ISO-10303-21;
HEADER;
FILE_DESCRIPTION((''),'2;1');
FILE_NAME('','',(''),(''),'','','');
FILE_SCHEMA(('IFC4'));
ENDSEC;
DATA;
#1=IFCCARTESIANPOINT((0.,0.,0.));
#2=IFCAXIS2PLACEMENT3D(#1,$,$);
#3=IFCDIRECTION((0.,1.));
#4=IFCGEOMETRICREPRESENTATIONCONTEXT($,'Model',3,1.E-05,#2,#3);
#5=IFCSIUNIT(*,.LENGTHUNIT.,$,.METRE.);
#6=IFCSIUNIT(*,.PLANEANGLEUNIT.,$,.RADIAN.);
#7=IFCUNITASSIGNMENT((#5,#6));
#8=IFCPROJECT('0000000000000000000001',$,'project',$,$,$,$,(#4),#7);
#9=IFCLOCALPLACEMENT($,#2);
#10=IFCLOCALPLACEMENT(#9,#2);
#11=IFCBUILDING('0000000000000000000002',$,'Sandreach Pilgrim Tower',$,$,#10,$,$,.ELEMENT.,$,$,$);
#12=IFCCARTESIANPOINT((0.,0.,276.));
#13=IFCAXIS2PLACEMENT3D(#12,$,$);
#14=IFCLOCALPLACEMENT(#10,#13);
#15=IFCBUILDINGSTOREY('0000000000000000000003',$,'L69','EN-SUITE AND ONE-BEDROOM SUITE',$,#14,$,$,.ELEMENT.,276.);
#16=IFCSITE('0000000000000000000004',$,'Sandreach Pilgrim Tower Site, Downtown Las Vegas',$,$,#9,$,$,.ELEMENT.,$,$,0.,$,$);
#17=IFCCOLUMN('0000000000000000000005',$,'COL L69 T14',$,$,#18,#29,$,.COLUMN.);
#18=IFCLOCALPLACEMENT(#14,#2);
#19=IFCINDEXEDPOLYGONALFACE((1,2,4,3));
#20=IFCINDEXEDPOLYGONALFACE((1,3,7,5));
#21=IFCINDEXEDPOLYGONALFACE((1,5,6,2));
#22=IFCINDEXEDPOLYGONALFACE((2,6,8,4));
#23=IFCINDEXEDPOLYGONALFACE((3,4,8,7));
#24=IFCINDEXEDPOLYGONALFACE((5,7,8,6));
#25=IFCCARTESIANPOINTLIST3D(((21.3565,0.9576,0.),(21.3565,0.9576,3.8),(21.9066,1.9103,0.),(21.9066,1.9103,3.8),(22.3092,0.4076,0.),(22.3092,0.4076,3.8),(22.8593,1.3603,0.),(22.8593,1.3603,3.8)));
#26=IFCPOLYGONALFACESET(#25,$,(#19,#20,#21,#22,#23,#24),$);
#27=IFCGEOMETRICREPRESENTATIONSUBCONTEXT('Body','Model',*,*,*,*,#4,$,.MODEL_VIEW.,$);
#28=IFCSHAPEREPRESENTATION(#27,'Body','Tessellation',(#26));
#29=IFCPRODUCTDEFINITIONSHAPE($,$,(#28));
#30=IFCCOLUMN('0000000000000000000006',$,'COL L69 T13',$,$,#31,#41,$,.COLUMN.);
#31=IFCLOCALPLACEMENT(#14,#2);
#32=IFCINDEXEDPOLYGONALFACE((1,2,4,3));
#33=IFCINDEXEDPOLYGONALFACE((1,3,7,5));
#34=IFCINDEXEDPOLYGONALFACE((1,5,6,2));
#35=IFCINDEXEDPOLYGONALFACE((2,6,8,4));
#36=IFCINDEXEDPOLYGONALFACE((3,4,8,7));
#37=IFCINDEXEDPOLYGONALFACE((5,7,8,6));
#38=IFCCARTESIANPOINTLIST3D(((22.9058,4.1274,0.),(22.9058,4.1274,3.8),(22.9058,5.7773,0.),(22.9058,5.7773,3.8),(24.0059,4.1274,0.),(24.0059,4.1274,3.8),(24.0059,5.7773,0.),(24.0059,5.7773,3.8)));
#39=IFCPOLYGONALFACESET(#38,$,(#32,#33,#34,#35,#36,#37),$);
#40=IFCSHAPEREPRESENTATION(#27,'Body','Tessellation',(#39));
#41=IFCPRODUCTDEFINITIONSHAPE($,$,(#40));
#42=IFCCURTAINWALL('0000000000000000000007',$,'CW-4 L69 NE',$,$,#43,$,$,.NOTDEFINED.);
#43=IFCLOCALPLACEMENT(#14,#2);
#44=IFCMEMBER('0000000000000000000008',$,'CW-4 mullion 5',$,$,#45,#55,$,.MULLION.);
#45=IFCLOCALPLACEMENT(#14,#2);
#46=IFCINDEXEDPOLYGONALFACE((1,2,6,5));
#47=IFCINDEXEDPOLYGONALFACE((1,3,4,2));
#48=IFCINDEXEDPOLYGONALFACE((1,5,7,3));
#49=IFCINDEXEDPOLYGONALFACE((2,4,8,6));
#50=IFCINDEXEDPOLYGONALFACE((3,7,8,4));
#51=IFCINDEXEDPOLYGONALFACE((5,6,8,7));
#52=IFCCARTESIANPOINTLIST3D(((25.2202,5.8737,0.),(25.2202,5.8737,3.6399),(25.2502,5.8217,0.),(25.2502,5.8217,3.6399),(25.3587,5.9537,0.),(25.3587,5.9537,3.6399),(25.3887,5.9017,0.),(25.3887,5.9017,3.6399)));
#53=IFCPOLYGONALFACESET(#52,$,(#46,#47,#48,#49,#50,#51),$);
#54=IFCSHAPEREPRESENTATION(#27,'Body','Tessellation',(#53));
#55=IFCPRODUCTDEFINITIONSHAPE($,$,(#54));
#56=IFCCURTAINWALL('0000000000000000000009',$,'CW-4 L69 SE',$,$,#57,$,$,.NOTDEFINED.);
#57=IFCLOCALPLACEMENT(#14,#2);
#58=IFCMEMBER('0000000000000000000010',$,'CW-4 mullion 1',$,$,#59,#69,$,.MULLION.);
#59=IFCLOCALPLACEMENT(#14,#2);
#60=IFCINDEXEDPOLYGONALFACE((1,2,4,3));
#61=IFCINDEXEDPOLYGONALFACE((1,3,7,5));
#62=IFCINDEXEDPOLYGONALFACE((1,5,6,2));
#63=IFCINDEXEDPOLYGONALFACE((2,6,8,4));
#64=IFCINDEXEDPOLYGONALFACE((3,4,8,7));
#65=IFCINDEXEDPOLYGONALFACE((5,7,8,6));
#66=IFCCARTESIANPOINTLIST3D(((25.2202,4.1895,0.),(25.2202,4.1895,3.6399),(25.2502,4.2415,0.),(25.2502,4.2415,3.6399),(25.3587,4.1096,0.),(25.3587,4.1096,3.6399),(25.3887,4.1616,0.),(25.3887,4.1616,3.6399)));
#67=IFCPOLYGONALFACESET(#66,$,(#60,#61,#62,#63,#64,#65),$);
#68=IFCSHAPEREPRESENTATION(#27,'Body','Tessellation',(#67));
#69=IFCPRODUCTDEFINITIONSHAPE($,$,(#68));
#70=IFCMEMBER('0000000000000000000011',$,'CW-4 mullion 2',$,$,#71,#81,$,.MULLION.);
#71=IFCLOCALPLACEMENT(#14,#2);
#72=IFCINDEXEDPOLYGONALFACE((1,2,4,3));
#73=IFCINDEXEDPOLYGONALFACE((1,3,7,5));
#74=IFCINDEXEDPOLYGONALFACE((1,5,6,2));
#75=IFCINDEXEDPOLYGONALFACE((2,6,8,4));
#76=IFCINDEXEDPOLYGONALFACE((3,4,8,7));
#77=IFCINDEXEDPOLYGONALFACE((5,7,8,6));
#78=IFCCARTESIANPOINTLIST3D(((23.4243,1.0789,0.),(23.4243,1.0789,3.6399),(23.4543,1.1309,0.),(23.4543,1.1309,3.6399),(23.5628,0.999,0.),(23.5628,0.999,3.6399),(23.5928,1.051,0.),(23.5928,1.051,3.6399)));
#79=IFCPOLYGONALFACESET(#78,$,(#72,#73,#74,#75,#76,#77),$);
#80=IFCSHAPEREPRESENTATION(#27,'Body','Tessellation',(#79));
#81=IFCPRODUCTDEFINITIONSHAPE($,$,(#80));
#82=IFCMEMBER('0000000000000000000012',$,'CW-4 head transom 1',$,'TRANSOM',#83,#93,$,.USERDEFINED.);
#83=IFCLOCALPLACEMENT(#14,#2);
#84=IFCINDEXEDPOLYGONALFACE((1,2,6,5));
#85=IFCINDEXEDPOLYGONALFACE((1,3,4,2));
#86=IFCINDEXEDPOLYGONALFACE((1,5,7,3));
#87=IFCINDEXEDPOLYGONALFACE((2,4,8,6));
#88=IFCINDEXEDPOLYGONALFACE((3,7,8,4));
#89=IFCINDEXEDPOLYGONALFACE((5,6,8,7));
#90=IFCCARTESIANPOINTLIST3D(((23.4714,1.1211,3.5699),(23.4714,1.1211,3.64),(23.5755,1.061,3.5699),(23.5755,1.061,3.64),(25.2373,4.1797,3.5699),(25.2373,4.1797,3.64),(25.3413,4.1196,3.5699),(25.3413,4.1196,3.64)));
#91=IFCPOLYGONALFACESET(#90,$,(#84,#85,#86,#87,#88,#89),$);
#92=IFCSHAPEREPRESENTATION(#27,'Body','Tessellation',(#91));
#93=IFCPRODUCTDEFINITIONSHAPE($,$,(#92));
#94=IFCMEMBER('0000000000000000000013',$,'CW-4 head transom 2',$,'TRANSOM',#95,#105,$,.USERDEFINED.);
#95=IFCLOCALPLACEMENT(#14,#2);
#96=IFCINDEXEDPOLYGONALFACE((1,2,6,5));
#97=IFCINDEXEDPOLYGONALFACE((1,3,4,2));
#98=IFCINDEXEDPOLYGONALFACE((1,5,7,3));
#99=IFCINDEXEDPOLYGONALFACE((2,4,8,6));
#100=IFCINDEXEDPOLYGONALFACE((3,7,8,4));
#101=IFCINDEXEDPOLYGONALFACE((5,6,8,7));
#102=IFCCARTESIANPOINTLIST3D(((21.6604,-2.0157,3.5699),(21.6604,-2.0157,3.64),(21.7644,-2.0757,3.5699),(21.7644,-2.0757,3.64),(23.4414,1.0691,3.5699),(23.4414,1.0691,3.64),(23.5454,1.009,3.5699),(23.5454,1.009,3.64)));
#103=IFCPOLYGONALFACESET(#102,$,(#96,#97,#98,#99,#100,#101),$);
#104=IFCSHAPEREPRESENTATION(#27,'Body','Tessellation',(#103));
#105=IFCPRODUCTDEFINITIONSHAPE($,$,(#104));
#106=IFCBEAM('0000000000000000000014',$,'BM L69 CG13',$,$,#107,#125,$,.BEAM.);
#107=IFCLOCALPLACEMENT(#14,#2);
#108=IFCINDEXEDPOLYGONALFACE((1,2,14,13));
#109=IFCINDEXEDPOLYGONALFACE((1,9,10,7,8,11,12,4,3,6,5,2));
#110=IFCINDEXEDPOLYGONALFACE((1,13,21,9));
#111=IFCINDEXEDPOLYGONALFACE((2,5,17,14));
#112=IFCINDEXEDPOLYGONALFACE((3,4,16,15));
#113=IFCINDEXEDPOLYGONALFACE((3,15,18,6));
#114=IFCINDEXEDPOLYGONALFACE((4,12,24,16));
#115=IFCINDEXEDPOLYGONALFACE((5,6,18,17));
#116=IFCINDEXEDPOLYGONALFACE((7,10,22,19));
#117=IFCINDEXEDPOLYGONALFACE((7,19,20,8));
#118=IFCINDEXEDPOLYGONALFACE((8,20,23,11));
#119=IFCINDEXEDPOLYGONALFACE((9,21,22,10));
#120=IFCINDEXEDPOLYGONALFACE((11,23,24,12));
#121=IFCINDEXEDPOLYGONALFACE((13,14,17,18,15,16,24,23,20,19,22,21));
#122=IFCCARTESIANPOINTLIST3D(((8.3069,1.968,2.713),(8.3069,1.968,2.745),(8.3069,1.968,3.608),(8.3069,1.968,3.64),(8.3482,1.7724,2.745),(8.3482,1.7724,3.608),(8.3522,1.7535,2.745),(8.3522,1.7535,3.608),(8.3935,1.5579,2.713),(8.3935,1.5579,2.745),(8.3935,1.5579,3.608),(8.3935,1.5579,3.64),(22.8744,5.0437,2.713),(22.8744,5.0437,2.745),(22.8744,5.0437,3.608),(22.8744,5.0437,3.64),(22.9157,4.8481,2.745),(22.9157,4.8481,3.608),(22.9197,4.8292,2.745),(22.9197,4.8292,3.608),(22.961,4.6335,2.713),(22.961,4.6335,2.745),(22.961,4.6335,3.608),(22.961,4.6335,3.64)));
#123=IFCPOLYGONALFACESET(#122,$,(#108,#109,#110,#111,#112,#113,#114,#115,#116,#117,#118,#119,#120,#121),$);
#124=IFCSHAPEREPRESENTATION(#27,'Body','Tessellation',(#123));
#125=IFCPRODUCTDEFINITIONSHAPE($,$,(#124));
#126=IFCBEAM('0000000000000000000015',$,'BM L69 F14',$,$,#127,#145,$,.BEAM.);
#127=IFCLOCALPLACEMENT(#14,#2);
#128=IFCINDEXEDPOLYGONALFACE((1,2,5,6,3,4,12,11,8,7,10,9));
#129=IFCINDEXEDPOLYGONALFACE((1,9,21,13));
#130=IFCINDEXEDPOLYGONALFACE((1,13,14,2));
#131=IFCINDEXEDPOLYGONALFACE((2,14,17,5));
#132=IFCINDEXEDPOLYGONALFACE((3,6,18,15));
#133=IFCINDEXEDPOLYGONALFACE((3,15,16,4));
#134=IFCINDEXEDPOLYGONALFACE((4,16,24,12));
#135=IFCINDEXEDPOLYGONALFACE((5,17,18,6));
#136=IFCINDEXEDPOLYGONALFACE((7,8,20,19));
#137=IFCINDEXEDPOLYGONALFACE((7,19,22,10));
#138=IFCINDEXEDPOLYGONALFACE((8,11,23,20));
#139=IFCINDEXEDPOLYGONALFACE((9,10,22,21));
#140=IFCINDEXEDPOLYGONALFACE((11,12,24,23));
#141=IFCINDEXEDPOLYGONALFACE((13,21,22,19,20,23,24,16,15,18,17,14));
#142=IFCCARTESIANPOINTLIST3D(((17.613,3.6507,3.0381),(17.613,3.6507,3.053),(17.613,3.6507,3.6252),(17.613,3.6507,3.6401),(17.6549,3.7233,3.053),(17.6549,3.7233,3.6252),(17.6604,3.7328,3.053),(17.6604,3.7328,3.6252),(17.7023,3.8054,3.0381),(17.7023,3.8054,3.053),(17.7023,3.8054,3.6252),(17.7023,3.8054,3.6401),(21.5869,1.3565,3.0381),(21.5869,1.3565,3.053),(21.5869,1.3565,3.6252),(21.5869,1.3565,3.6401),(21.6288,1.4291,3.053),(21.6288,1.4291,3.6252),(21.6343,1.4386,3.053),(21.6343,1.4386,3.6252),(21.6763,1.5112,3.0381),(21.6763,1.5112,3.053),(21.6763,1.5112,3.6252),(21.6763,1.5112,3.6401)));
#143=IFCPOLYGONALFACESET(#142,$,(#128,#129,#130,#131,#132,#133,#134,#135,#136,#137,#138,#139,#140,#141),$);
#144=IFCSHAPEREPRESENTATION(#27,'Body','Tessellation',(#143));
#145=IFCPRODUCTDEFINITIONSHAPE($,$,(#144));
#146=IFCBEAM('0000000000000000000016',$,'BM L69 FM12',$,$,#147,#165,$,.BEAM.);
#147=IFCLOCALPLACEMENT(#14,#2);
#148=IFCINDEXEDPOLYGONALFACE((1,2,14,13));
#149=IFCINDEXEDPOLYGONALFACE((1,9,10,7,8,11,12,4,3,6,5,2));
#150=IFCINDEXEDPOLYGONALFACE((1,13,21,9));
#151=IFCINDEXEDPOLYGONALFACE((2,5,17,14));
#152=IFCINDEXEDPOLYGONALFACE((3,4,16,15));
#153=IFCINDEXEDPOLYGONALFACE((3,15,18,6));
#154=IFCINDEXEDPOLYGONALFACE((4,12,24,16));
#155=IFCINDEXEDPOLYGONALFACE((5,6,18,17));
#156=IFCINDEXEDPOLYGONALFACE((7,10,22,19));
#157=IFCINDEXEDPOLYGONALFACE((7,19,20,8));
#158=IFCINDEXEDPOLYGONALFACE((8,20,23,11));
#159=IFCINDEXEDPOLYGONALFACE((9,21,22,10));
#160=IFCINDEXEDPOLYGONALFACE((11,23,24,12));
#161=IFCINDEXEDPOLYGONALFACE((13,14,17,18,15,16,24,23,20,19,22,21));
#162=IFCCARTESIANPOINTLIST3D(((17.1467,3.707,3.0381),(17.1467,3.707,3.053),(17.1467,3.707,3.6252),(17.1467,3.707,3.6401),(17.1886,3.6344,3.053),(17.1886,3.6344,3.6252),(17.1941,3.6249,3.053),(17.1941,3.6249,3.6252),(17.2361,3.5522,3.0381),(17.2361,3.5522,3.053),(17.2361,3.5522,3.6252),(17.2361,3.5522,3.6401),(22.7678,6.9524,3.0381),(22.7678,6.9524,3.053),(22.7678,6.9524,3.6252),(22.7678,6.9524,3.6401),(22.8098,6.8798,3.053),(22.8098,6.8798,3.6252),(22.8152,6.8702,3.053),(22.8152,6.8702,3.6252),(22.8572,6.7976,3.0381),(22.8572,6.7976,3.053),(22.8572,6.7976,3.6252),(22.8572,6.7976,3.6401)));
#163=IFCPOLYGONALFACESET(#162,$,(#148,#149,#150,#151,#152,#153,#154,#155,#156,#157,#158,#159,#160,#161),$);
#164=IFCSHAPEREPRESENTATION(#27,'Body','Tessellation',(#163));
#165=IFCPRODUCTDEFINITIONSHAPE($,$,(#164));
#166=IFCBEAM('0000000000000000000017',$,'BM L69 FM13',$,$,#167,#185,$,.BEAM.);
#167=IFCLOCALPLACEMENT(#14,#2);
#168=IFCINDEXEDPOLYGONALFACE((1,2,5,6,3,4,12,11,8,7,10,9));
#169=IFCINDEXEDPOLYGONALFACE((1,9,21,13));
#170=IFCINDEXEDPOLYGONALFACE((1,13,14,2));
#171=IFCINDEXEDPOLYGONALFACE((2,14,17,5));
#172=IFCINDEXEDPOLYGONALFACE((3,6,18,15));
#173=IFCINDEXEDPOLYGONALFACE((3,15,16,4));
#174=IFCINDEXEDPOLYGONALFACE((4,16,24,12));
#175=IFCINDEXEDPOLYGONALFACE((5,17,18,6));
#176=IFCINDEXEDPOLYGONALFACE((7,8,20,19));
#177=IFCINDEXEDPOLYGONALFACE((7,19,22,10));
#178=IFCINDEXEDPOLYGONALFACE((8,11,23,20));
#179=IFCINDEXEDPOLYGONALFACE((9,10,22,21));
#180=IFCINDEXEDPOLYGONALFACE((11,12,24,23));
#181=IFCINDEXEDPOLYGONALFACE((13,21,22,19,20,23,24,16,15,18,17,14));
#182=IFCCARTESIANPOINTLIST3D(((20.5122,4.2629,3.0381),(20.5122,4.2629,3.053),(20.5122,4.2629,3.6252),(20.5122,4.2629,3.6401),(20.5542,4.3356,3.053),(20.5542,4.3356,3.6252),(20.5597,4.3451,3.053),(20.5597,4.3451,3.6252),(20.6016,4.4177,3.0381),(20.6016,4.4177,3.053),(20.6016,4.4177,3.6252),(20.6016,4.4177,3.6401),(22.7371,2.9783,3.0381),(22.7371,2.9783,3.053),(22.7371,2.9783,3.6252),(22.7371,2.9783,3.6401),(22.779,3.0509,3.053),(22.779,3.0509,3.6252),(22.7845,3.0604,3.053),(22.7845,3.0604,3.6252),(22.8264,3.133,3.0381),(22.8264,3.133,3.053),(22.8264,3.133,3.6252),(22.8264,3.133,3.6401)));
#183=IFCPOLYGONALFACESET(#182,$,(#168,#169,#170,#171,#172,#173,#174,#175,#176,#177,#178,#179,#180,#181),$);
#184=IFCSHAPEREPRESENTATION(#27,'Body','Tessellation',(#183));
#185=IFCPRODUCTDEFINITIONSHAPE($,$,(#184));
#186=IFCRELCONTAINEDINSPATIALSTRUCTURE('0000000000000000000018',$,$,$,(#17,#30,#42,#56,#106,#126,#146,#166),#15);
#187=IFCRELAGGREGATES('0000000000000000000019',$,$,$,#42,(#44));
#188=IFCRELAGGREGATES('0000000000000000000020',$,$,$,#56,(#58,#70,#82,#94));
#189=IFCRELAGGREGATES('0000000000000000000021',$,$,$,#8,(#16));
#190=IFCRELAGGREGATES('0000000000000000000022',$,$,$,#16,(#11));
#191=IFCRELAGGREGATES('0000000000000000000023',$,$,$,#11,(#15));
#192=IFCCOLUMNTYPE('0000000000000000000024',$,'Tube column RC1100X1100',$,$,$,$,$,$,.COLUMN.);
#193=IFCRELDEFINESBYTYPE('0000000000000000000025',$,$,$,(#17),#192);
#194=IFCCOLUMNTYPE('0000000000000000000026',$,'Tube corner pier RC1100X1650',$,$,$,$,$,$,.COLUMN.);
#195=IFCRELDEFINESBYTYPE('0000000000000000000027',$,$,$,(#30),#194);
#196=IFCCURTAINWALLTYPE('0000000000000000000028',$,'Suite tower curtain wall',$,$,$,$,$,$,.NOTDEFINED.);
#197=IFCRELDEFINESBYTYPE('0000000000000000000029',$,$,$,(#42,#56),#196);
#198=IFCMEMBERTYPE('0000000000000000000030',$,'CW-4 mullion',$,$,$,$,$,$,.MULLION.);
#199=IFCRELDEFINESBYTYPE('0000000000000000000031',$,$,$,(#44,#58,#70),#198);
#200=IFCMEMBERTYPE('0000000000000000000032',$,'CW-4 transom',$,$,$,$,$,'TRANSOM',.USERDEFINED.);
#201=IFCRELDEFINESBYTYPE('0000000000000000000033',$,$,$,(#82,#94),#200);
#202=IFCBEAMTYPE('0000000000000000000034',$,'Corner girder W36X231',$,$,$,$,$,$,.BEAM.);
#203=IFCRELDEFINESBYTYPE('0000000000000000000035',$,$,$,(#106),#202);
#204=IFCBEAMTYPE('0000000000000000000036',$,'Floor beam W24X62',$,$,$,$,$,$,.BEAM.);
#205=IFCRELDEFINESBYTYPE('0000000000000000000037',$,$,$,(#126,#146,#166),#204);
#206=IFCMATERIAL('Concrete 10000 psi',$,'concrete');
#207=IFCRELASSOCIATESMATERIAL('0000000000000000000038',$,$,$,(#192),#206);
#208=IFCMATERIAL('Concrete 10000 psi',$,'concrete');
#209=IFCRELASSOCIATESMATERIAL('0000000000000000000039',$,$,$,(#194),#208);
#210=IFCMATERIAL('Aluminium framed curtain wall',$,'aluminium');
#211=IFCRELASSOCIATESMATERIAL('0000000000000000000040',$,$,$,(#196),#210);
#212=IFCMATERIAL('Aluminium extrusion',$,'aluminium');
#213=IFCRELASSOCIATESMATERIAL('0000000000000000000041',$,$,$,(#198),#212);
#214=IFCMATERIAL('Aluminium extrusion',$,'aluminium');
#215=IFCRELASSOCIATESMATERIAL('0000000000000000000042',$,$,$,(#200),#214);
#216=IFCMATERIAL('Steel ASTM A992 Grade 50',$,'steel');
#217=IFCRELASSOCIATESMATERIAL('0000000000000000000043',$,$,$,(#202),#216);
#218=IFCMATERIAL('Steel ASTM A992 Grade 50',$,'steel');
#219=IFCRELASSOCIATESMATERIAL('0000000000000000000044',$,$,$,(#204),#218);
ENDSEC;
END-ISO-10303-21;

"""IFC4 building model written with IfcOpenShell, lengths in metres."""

from ifc_helpers import new_model, si_unit, direction, frame, origin, origin_2d, place, context, subcontext, project, spatial, rectangle, i_section, extrude, material, material_profile, profile_set, type_object, element, aggregate, save


model = new_model("IFC4")

# Units and contexts
model_context = context("Model", 3, precision=1e-05, world=origin(), true_north=direction((0.0, 1.0)))
body_context = subcontext(model_context, "Body", "Model", "MODEL_VIEW")
ifc_project = project(units=[si_unit("LENGTHUNIT", "METRE"), si_unit("PLANEANGLEUNIT", "RADIAN")], contexts=[model_context])

# Site, building, storey
site_placement = place(None, origin())
site = spatial("IfcSite", under=ifc_project, at=site_placement, Name="Sandreach Pilgrim Tower Site, Downtown Las Vegas", CompositionType="ELEMENT", RefElevation=0.0)
building_placement = place(site_placement, origin())
building = spatial("IfcBuilding", under=site, at=building_placement, Name="Sandreach Pilgrim Tower", CompositionType="ELEMENT")
storey_placement = place(building_placement, frame((0.0, 0.0, 276.0)))
storey = spatial("IfcBuildingStorey", under=building, at=storey_placement, Name="L69", Description="EN-SUITE AND ONE-BEDROOM SUITE", CompositionType="ELEMENT", Elevation=276.0)

# Columns
ifc_material_1 = material(Name="Concrete 10000 psi", Category="concrete")
ifc_material_profile_1 = material_profile(ifc_material_1, rectangle(XDim=1.1001, YDim=1.1001, at=origin_2d()), Name="RC1100X1100")
ifc_profile_set_1 = profile_set([ifc_material_profile_1], Name="Concrete 10000 psi")
column_type_1 = type_object("IfcColumnType", Name="Tube column RC1100X1100", PredefinedType="COLUMN", material=ifc_profile_set_1)
column_1_placement = place(storey_placement, frame((22.1079, 1.1589, 0.0), z_axis=(0.0, 0.0, 1.0), x_axis=(0.866025, -0.5, 0.0)))
element("IfcColumn", 1, at=column_1_placement, inside=storey, type_object=column_type_1, Name="COL L69 T14", PredefinedType="COLUMN", context=body_context, shape_type="SweptSolid", body=[
    extrude(rectangle(XDim=1.1001, YDim=1.1001, at=origin_2d()), origin(), (0.0, 0.0, 1.0), 3.8),
])
ifc_material_2 = material(Name="Concrete 10000 psi", Category="concrete")
ifc_material_profile_2 = material_profile(ifc_material_2, rectangle(XDim=1.1001, YDim=1.6499, at=origin_2d()), Name="RC1100X1650")
ifc_profile_set_2 = profile_set([ifc_material_profile_2], Name="Concrete 10000 psi")
column_type_2 = type_object("IfcColumnType", Name="Tube corner pier RC1100X1650", PredefinedType="COLUMN", material=ifc_profile_set_2)
column_2_placement = place(storey_placement, frame((23.4558, 4.9524, 0.0), z_axis=(0.0, 0.0, 1.0), x_axis=(1.0, 0.0, 0.0)))
element("IfcColumn", 2, at=column_2_placement, inside=storey, type_object=column_type_2, Name="COL L69 T13", PredefinedType="COLUMN", context=body_context, shape_type="SweptSolid", body=[
    extrude(rectangle(XDim=1.1001, YDim=1.6499, at=origin_2d()), origin(), (0.0, 0.0, 1.0), 3.8),
])

# Curtain wall, member
ifc_material_3 = material(Name="Aluminium framed curtain wall", Category="aluminium")
curtain_wall_type = type_object("IfcCurtainWallType", Name="Suite tower curtain wall", PredefinedType="NOTDEFINED", material=ifc_material_3)
curtain_wall_1_placement = place(storey_placement, origin())
curtain_wall_1 = element("IfcCurtainWall", 3, at=curtain_wall_1_placement, inside=storey, type_object=curtain_wall_type, Name="CW-4 L69 NE", PredefinedType="NOTDEFINED")
ifc_material_4 = material(Name="Aluminium extrusion", Category="aluminium")
ifc_material_profile_3 = material_profile(ifc_material_4, rectangle(XDim=0.0601, YDim=0.1599, at=origin_2d()), Name="CW-4M 60X160")
ifc_profile_set_3 = profile_set([ifc_material_profile_3], Name="Aluminium extrusion")
member_type_1 = type_object("IfcMemberType", Name="CW-4 mullion", PredefinedType="MULLION", material=ifc_profile_set_3)
member_1_placement = place(storey_placement, frame((25.3044, 5.8877, 0.0), z_axis=(0.0, 0.0, 1.0), x_axis=(0.5, -0.866025, 0.0)))
member_1 = element("IfcMember", 4, at=member_1_placement, type_object=member_type_1, Name="CW-4 mullion 5", PredefinedType="MULLION", context=body_context, shape_type="SweptSolid", body=[
    extrude(rectangle(XDim=0.0601, YDim=0.1599, at=origin_2d()), origin(), (0.0, 0.0, 1.0), 3.6399),
])

# Curtain wall, members
curtain_wall_2_placement = place(storey_placement, origin())
curtain_wall_2 = element("IfcCurtainWall", 5, at=curtain_wall_2_placement, inside=storey, type_object=curtain_wall_type, Name="CW-4 L69 SE", PredefinedType="NOTDEFINED")
member_2_placement = place(storey_placement, frame((25.3044, 4.1755, 0.0), z_axis=(0.0, 0.0, 1.0), x_axis=(-0.5, -0.866025, 0.0)))
member_2 = element("IfcMember", 6, at=member_2_placement, type_object=member_type_1, Name="CW-4 mullion 1", PredefinedType="MULLION", context=body_context, shape_type="SweptSolid", body=[
    extrude(rectangle(XDim=0.0601, YDim=0.1599, at=origin_2d()), origin(), (0.0, 0.0, 1.0), 3.6399),
])
member_3_placement = place(storey_placement, frame((23.5085, 1.0649, 0.0), z_axis=(0.0, 0.0, 1.0), x_axis=(-0.5, -0.866025, 0.0)))
member_3 = element("IfcMember", 7, at=member_3_placement, type_object=member_type_1, Name="CW-4 mullion 2", PredefinedType="MULLION", context=body_context, shape_type="SweptSolid", body=[
    extrude(rectangle(XDim=0.0601, YDim=0.1599, at=origin_2d()), origin(), (0.0, 0.0, 1.0), 3.6399),
])
ifc_material_5 = material(Name="Aluminium extrusion", Category="aluminium")
ifc_material_profile_4 = material_profile(ifc_material_5, rectangle(XDim=0.1201, YDim=0.0701, at=origin_2d()), Name="CW-4T 120X70")
ifc_profile_set_4 = profile_set([ifc_material_profile_4], Name="Aluminium extrusion")
member_type_2 = type_object("IfcMemberType", Name="CW-4 transom", ElementType="TRANSOM", PredefinedType="USERDEFINED", material=ifc_profile_set_4)
member_4_placement = place(storey_placement, frame((25.2893, 4.1497, 3.605), z_axis=(-0.499998, -0.866027, 0.0), x_axis=(0.866027, -0.499998, 0.0)))
member_4 = element("IfcMember", 8, at=member_4_placement, type_object=member_type_2, Name="CW-4 head transom 1", ObjectType="TRANSOM", PredefinedType="USERDEFINED", context=body_context, shape_type="SweptSolid", body=[
    extrude(rectangle(XDim=0.1201, YDim=0.0701, at=origin_2d()), origin(), (0.0, 0.0, 1.0), 3.5317),
])
member_5_placement = place(storey_placement, frame((23.4934, 1.0391, 3.605), z_axis=(-0.500009, -0.86602, 0.0), x_axis=(0.86602, -0.500009, 0.0)))
member_5 = element("IfcMember", 9, at=member_5_placement, type_object=member_type_2, Name="CW-4 head transom 2", ObjectType="TRANSOM", PredefinedType="USERDEFINED", context=body_context, shape_type="SweptSolid", body=[
    extrude(rectangle(XDim=0.1201, YDim=0.0701, at=origin_2d()), origin(), (0.0, 0.0, 1.0), 3.562),
])

# Beams
ifc_material_6 = material(Name="Steel ASTM A992 Grade 50", Category="steel")
ifc_material_profile_5 = material_profile(ifc_material_6, i_section(OverallWidth=0.4192, OverallDepth=0.927, WebThickness=0.0193, FlangeThickness=0.032, at=origin_2d()), Name="W36X231")
ifc_profile_set_5 = profile_set([ifc_material_profile_5], Name="Steel ASTM A992 Grade 50")
beam_type_1 = type_object("IfcBeamType", Name="Corner girder W36X231", PredefinedType="BEAM", material=ifc_profile_set_5)
beam_1_placement = place(storey_placement, frame((22.9177, 4.8386, 3.1765), z_axis=(-0.97843, -0.206577, 0.0), x_axis=(0.206577, -0.97843, 0.0)))
element("IfcBeam", 10, at=beam_1_placement, inside=storey, type_object=beam_type_1, Name="BM L69 CG13", PredefinedType="BEAM", context=body_context, shape_type="SweptSolid", body=[
    extrude(i_section(OverallWidth=0.4192, OverallDepth=0.927, WebThickness=0.0193, FlangeThickness=0.032, at=origin_2d()), origin(), (0.0, 0.0, 1.0), 14.8887),
])
ifc_material_7 = material(Name="Steel ASTM A992 Grade 50", Category="steel")
ifc_material_profile_6 = material_profile(ifc_material_7, i_section(OverallWidth=0.1787, OverallDepth=0.6021, WebThickness=0.011, FlangeThickness=0.0149, at=origin_2d()), Name="W24X62")
ifc_profile_set_6 = profile_set([ifc_material_profile_6], Name="Steel ASTM A992 Grade 50")
beam_type_2 = type_object("IfcBeamType", Name="Floor beam W24X62", PredefinedType="BEAM", material=ifc_profile_set_6)
beam_2_placement = place(storey_placement, frame((21.6316, 1.4338, 3.3391), z_axis=(-0.866038, 0.499979, 0.0), x_axis=(-0.499979, -0.866038, 0.0)))
element("IfcBeam", 11, at=beam_2_placement, inside=storey, type_object=beam_type_2, Name="BM L69 F14", PredefinedType="BEAM", context=body_context, shape_type="SweptSolid", body=[
    extrude(i_section(OverallWidth=0.1787, OverallDepth=0.6021, WebThickness=0.011, FlangeThickness=0.0149, at=origin_2d()), origin(), (0.0, 0.0, 1.0), 4.5886),
])
beam_3_placement = place(storey_placement, frame((22.8125, 6.875, 3.3391), z_axis=(-0.866024, -0.500002, 0.0), x_axis=(0.500002, -0.866024, 0.0)))
element("IfcBeam", 12, at=beam_3_placement, inside=storey, type_object=beam_type_2, Name="BM L69 FM12", PredefinedType="BEAM", context=body_context, shape_type="SweptSolid", body=[
    extrude(i_section(OverallWidth=0.1787, OverallDepth=0.6021, WebThickness=0.011, FlangeThickness=0.0149, at=origin_2d()), origin(), (0.0, 0.0, 1.0), 6.4907),
])
beam_4_placement = place(storey_placement, frame((22.7817, 3.0557, 3.3391), z_axis=(-0.866, 0.500043, 0.0), x_axis=(-0.500043, -0.866, 0.0)))
element("IfcBeam", 13, at=beam_4_placement, inside=storey, type_object=beam_type_2, Name="BM L69 FM13", PredefinedType="BEAM", context=body_context, shape_type="SweptSolid", body=[
    extrude(i_section(OverallWidth=0.1787, OverallDepth=0.6021, WebThickness=0.011, FlangeThickness=0.0149, at=origin_2d()), origin(), (0.0, 0.0, 1.0), 2.5691),
])

aggregate(curtain_wall_1, [member_1])
aggregate(curtain_wall_2, [member_2, member_3, member_4, member_5])

save(model, "model.ifc")
